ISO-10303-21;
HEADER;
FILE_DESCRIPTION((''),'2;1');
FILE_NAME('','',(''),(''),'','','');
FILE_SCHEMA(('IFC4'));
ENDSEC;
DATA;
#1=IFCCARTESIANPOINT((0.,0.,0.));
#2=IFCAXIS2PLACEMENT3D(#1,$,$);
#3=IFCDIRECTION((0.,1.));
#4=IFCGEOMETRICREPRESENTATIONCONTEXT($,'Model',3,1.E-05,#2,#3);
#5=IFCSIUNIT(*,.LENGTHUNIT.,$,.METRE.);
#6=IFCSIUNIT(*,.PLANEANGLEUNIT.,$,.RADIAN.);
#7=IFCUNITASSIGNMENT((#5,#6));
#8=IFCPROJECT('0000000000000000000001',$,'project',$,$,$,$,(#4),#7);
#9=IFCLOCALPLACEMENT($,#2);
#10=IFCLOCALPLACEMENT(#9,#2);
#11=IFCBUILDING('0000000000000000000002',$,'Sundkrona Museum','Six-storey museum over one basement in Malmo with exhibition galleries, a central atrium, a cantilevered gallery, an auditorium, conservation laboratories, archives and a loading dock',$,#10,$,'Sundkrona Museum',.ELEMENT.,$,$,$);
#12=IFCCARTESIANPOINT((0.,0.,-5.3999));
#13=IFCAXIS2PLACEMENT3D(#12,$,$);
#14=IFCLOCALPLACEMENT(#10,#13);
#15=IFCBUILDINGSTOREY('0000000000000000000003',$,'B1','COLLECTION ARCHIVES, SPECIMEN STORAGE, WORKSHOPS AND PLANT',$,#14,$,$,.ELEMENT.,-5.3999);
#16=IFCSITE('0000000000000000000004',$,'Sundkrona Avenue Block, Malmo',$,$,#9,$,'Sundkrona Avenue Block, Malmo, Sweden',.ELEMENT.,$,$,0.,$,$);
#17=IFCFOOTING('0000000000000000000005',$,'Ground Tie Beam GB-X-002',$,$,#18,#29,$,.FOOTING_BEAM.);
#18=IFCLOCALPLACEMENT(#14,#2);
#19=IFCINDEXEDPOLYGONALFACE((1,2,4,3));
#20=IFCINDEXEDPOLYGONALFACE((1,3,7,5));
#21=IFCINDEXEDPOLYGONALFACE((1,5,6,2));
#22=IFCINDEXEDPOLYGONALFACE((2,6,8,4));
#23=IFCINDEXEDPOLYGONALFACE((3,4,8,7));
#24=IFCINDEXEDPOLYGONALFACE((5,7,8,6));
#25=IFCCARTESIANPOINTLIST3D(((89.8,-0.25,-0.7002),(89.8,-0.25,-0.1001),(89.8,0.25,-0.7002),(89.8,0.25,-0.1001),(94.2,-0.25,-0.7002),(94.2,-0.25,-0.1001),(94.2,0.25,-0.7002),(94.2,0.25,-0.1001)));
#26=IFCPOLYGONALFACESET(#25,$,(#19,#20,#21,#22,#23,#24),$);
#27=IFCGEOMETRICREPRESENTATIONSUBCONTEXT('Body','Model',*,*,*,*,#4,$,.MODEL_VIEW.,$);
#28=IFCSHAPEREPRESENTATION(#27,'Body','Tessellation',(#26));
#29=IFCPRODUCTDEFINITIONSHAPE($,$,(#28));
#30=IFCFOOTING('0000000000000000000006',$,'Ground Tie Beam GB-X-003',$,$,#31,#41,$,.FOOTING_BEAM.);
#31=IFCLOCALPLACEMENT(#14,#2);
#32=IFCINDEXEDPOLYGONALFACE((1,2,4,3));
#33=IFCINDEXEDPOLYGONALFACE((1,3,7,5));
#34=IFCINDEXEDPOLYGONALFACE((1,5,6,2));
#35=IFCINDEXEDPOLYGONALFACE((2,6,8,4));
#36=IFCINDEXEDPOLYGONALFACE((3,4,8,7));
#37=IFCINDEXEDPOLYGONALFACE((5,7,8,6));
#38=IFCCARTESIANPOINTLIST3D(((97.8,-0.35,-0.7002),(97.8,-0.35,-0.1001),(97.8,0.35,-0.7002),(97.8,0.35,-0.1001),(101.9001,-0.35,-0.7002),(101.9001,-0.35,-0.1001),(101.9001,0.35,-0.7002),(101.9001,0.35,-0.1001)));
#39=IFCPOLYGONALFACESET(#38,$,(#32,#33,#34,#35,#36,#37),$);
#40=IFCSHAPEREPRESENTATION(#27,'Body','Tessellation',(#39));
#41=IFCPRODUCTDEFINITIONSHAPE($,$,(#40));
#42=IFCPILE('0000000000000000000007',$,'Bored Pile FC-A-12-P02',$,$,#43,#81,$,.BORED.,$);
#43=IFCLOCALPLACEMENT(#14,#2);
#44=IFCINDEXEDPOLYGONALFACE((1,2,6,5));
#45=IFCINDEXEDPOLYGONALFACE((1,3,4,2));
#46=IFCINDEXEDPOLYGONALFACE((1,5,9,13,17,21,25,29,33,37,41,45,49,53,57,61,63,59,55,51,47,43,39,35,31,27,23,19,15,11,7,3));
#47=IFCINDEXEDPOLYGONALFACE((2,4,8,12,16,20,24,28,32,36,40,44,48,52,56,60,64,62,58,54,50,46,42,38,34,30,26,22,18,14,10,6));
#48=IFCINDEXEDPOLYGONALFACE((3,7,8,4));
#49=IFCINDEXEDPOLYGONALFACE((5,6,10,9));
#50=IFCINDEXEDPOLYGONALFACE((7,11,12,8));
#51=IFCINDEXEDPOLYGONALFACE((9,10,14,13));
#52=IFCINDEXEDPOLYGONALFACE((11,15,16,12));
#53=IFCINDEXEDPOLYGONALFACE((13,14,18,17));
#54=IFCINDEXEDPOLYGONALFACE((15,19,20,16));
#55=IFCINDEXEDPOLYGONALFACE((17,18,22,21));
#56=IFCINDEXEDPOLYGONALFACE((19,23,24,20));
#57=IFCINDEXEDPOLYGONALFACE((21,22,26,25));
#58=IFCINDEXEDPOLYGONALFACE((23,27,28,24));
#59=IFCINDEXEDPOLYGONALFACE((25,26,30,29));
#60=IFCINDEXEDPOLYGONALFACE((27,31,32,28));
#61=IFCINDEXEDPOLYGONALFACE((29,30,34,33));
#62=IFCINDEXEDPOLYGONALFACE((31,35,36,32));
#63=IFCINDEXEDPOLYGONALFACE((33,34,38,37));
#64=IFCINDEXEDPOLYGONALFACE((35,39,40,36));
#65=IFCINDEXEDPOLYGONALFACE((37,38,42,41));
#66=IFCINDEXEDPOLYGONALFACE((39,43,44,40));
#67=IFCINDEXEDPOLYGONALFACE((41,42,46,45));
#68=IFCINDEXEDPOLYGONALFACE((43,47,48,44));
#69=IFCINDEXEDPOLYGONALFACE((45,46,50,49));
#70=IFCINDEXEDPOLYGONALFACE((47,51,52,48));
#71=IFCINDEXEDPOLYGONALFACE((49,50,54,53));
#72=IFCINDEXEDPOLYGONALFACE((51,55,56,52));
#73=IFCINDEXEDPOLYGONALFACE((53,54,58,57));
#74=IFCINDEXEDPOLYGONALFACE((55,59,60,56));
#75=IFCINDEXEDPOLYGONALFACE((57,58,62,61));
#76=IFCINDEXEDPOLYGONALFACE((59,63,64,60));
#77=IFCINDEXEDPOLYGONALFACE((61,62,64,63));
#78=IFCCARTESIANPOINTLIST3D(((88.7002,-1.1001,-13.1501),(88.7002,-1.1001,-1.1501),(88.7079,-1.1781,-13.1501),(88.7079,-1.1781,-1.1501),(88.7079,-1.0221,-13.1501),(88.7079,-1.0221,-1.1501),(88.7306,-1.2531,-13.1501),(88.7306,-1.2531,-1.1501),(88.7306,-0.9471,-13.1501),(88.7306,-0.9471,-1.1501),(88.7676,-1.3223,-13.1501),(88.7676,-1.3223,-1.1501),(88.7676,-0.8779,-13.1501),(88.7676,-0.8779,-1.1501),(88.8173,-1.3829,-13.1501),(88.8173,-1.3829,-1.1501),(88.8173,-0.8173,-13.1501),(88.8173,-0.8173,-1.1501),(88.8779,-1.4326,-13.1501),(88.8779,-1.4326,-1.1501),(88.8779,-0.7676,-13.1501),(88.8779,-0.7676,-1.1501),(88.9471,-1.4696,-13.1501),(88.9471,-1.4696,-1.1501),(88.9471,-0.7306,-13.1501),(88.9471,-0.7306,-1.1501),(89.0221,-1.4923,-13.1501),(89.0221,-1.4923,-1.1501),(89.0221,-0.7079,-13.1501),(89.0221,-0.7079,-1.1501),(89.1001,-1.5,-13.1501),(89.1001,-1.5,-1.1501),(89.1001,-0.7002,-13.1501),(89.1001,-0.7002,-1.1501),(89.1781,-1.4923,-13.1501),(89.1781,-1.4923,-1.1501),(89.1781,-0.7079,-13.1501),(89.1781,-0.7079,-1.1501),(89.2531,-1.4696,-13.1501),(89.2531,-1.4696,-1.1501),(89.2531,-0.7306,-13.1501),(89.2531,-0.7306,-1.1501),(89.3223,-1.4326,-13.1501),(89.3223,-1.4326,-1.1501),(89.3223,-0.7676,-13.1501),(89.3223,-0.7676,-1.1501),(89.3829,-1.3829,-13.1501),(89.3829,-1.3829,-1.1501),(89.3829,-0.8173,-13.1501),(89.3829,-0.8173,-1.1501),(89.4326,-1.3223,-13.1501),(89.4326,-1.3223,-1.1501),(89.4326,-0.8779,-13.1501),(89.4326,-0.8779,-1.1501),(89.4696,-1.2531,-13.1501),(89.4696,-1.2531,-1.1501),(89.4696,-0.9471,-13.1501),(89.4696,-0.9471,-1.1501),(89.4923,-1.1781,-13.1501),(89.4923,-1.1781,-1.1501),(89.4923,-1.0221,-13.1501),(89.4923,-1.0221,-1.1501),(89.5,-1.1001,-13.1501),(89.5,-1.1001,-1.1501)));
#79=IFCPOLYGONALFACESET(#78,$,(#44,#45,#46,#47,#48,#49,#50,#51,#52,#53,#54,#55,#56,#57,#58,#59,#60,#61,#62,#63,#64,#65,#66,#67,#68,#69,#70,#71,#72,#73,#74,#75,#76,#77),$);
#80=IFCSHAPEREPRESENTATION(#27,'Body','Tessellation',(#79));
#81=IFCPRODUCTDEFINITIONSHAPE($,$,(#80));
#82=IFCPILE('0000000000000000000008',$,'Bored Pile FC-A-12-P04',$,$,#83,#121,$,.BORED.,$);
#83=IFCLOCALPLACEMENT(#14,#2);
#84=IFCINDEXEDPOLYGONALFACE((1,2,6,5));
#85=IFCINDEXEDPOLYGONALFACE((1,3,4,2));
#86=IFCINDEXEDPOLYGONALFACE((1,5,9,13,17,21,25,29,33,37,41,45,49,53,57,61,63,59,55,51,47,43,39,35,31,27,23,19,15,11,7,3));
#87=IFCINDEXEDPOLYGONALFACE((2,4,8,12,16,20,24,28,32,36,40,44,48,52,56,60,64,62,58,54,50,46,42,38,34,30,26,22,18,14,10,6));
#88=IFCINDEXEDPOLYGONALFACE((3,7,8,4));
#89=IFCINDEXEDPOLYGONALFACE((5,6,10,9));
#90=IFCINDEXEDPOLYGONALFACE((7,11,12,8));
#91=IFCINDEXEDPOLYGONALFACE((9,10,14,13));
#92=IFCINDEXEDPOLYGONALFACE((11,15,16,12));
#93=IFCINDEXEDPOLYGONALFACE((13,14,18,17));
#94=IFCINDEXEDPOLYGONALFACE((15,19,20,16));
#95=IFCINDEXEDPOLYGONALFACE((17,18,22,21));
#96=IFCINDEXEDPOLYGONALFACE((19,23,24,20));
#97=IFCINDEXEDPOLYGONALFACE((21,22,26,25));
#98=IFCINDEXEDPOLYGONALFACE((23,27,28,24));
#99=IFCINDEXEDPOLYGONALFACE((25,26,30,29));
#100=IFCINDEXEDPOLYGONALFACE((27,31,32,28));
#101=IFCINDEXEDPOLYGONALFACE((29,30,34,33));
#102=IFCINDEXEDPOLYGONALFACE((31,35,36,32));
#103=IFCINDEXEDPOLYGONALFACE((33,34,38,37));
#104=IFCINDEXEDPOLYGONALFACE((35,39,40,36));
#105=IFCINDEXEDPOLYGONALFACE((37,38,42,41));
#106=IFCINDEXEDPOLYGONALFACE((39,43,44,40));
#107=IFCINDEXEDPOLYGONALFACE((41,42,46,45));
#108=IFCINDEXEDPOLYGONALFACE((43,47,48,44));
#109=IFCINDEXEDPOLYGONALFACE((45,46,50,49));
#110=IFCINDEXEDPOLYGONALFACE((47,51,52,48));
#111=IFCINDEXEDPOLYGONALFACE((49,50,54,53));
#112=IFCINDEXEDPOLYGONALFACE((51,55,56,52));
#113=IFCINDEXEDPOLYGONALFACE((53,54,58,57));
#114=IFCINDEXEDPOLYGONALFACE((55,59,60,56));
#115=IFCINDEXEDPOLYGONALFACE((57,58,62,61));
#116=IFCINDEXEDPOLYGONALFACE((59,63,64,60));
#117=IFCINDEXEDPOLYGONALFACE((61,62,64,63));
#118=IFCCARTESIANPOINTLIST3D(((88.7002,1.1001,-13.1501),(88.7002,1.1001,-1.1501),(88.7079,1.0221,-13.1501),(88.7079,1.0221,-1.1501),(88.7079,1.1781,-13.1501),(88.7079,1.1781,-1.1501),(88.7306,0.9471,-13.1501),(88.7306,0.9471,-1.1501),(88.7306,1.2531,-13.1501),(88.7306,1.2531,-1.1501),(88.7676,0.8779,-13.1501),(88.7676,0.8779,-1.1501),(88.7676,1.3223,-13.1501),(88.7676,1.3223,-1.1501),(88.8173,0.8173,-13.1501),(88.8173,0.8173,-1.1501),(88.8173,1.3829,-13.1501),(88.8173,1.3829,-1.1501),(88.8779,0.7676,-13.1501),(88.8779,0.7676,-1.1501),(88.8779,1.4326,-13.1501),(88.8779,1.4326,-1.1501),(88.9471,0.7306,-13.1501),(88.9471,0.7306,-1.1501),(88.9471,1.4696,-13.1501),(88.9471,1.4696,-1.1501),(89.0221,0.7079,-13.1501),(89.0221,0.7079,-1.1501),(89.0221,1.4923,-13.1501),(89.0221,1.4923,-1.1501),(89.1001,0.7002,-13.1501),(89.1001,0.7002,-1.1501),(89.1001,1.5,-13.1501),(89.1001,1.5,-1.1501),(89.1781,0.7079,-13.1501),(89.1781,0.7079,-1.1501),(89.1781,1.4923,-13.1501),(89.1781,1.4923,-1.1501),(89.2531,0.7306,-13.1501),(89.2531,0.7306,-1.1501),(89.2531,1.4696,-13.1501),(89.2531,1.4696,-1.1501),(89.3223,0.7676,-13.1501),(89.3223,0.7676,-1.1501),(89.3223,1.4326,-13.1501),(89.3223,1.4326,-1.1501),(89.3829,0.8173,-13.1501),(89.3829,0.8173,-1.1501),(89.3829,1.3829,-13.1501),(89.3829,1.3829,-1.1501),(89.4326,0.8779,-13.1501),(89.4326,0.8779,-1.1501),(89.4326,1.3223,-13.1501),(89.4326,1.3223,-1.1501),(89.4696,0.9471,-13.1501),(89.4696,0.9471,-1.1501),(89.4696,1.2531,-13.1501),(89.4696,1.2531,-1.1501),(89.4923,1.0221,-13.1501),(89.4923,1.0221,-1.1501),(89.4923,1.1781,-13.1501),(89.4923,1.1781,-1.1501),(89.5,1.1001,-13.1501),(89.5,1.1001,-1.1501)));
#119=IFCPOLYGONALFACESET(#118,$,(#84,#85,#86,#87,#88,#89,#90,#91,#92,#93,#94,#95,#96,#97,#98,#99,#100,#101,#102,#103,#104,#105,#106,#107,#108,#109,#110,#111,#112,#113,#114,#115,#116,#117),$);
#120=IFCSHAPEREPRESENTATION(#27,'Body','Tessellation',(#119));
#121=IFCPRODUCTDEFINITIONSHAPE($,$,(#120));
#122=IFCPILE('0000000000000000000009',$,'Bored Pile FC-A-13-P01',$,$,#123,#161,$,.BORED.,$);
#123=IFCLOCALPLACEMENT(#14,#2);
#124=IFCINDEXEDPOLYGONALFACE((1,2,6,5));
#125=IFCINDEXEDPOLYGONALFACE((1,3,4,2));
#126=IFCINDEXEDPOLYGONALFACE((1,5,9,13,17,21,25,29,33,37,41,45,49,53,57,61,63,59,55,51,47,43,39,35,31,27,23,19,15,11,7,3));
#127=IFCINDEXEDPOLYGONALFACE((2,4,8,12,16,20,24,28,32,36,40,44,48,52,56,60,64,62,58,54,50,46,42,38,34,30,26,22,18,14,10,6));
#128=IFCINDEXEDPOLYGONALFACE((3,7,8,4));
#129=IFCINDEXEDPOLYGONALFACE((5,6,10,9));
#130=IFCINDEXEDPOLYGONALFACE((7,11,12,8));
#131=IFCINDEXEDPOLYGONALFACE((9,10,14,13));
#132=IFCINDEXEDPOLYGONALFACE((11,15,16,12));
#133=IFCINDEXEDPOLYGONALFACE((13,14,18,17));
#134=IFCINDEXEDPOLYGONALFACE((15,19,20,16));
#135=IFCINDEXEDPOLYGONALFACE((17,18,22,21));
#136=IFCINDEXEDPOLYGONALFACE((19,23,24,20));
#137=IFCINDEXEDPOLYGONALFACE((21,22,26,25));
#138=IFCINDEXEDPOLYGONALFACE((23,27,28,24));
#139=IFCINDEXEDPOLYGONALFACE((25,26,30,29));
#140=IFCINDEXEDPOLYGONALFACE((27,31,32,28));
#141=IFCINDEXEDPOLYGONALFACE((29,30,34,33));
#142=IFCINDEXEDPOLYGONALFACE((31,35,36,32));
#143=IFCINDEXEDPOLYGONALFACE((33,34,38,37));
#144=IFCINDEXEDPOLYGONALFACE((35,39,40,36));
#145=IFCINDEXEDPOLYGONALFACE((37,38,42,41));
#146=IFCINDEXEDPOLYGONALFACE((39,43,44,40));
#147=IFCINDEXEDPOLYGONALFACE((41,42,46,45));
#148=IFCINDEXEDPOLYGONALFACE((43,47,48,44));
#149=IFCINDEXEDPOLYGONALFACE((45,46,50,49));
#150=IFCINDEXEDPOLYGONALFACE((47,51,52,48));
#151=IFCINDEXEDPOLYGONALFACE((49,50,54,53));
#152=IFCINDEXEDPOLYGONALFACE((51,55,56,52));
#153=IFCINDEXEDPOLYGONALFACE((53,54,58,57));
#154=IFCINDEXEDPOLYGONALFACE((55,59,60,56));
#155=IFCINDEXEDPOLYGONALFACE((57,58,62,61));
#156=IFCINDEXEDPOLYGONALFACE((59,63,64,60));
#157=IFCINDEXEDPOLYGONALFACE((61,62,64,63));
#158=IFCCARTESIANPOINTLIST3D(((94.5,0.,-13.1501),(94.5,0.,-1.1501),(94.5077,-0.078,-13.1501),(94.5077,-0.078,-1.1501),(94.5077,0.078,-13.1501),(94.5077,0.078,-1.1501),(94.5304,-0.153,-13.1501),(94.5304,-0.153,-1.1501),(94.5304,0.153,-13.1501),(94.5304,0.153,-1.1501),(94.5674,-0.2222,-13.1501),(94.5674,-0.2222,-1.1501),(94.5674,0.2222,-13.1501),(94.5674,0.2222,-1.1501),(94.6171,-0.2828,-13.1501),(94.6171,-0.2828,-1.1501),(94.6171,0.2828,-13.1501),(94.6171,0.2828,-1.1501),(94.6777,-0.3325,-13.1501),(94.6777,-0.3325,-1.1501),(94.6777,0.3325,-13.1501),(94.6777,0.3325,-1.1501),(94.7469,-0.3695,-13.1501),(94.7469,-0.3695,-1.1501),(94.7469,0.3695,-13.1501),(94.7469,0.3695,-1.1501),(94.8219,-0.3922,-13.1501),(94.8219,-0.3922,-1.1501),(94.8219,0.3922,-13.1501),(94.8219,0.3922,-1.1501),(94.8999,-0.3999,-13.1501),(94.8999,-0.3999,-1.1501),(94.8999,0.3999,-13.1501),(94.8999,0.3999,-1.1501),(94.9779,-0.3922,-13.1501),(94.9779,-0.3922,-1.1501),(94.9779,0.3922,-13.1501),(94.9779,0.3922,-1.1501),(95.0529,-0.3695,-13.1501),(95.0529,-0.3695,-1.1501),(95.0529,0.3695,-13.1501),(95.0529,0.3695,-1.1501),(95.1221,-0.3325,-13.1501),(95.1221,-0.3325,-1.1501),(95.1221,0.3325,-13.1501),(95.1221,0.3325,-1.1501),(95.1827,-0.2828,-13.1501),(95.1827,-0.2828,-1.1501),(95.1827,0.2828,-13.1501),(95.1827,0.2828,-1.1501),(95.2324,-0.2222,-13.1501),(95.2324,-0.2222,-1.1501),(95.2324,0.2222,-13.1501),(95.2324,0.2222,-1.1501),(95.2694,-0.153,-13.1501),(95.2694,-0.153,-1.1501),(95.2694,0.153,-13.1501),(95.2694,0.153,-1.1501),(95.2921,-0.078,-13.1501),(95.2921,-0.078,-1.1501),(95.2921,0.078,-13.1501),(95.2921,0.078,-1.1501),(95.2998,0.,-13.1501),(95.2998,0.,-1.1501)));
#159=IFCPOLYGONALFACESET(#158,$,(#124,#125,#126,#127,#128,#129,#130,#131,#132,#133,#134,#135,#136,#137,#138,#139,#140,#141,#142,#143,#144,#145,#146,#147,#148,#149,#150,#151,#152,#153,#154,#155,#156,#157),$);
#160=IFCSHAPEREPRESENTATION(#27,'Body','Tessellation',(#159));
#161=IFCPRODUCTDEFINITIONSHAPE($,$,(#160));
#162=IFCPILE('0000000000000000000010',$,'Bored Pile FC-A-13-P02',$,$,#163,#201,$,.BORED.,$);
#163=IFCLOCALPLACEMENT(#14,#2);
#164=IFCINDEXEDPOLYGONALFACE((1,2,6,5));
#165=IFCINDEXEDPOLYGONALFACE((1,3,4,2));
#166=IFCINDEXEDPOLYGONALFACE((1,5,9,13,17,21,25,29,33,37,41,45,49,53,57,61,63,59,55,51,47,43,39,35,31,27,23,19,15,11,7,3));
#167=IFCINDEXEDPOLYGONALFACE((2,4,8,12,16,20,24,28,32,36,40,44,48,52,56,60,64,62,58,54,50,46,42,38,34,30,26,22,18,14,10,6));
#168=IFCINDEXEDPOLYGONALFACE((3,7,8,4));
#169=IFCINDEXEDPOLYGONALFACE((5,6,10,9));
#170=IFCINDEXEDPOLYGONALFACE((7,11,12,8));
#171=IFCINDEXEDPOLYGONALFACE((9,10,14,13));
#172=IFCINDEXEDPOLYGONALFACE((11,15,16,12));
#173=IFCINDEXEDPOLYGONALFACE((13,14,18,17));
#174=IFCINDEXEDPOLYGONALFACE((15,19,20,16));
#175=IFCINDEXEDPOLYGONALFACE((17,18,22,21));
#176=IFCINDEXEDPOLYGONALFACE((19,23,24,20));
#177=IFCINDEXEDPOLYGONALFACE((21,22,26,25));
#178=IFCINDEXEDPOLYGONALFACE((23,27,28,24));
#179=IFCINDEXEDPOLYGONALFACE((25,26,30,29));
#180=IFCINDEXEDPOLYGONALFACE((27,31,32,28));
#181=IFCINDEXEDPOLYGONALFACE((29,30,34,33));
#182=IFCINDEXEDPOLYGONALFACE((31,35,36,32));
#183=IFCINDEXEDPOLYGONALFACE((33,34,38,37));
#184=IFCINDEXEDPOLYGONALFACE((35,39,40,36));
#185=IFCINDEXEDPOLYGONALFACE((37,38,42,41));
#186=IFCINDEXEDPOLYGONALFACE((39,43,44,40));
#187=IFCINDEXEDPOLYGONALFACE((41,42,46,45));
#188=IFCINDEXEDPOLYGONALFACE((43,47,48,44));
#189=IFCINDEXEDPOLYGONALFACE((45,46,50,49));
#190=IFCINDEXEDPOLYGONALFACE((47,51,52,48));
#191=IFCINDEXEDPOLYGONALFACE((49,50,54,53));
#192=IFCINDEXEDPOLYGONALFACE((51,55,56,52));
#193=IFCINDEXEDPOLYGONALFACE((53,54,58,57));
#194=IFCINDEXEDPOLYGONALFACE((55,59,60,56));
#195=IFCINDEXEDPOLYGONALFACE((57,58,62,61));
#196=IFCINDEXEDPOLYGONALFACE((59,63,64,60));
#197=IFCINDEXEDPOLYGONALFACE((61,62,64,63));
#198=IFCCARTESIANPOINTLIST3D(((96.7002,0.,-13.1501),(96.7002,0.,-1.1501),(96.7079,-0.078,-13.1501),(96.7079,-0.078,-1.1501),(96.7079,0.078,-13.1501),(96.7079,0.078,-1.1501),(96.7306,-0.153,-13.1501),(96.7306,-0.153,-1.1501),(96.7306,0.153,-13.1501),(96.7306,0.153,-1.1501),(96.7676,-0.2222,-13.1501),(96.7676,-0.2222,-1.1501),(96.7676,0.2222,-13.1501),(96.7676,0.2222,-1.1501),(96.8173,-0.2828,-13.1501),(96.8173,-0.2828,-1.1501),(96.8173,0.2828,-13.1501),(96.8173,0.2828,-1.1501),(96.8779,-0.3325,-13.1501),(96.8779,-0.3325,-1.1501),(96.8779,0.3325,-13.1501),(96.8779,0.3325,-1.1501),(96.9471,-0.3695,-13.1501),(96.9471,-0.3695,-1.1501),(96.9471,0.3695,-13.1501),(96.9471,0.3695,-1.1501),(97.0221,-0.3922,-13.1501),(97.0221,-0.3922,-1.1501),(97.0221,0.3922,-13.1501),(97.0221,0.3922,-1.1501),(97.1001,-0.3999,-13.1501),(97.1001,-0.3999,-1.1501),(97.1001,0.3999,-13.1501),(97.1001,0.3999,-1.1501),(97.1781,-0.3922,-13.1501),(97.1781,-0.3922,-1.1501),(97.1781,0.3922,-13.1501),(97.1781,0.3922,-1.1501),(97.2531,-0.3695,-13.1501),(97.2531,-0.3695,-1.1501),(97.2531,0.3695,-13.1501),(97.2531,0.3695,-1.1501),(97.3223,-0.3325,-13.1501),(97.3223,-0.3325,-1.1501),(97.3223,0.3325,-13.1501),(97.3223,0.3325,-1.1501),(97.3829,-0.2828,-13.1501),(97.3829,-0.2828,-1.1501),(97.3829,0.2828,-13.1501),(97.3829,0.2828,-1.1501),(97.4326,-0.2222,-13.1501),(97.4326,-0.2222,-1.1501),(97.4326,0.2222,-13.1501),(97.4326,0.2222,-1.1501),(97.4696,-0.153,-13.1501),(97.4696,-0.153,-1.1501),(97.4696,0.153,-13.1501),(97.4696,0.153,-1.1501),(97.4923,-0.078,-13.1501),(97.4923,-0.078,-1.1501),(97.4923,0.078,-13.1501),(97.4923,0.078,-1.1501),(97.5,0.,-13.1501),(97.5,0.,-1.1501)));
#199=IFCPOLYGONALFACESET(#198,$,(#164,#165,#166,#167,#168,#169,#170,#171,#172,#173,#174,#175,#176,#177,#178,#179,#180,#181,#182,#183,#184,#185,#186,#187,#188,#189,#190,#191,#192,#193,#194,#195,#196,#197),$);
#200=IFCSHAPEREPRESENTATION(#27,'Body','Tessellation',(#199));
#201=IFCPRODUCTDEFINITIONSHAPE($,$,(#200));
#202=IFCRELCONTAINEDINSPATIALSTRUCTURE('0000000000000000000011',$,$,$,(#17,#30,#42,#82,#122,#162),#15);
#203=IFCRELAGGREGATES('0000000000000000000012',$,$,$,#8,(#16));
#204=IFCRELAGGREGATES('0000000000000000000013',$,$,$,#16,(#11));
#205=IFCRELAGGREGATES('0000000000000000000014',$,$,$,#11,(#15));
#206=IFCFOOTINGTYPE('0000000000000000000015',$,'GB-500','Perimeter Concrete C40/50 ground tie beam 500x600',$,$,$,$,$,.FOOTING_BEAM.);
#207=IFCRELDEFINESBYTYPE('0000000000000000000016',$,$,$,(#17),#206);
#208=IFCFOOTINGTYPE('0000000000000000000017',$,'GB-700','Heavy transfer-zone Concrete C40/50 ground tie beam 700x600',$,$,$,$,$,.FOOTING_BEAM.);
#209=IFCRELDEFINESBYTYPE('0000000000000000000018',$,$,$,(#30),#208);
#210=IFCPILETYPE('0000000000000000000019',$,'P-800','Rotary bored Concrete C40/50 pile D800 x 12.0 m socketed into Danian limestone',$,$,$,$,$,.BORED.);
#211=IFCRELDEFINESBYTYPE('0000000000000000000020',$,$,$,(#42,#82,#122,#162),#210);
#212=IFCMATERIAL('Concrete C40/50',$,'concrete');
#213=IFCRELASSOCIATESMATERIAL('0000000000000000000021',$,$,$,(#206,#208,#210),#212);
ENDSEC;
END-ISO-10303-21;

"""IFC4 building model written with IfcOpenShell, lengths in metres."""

from ifc_helpers import new_model, si_unit, direction, frame, origin, origin_2d, place, context, subcontext, project, spatial, rectangle, circle, extrude, material, material_profile, profile_set, type_object, element, save


model = new_model("IFC4")

# Units and contexts
model_context = context("Model", 3, precision=1e-05, world=origin(), true_north=direction((0.0, 1.0)))
body_context = subcontext(model_context, "Body", "Model", "MODEL_VIEW")
ifc_project = project(units=[si_unit("LENGTHUNIT", "METRE"), si_unit("PLANEANGLEUNIT", "RADIAN")], contexts=[model_context])

# Site, building, storey
site_placement = place(None, origin())
site = spatial("IfcSite", under=ifc_project, at=site_placement, Name="Sundkrona Avenue Block, Malmo", LongName="Sundkrona Avenue Block, Malmo, Sweden", CompositionType="ELEMENT", RefElevation=0.0)
building_placement = place(site_placement, origin())
building = spatial("IfcBuilding", under=site, at=building_placement, Name="Sundkrona Museum", Description="Six-storey museum over one basement in Malmo with exhibition galleries, a central atrium, a cantilevered gallery, an auditorium, conservation laboratories, archives and a loading dock", LongName="Sundkrona Museum", CompositionType="ELEMENT")
storey_placement = place(building_placement, frame((0.0, 0.0, -5.3999)))
storey = spatial("IfcBuildingStorey", under=building, at=storey_placement, Name="B1", Description="COLLECTION ARCHIVES, SPECIMEN STORAGE, WORKSHOPS AND PLANT", CompositionType="ELEMENT", Elevation=-5.3999)

# Footings
ifc_material_1 = material(Name="Concrete C40/50", Category="concrete")
footing_type_1 = type_object("IfcFootingType", Name="GB-500", Description="Perimeter Concrete C40/50 ground tie beam 500x600", PredefinedType="FOOTING_BEAM", material=ifc_material_1)
footing_1_placement = place(storey_placement, frame((92.0, 0.0, -0.7002), z_axis=(0.0, 0.0, 1.0), x_axis=(1.0, 0.0, 0.0)))
element("IfcFooting", 1, at=footing_1_placement, inside=storey, type_object=footing_type_1, Name="Ground Tie Beam GB-X-002", PredefinedType="FOOTING_BEAM", context=body_context, shape_type="SweptSolid", body=[
    extrude(rectangle(XDim=4.3999, YDim=0.5, at=origin_2d()), origin(), (0.0, 0.0, 1.0), 0.6001),
])
footing_type_2 = type_object("IfcFootingType", Name="GB-700", Description="Heavy transfer-zone Concrete C40/50 ground tie beam 700x600", PredefinedType="FOOTING_BEAM", material=ifc_material_1)
footing_2_placement = place(storey_placement, frame((99.8501, 0.0, -0.7002), z_axis=(0.0, 0.0, 1.0), x_axis=(1.0, 0.0, 0.0)))
element("IfcFooting", 2, at=footing_2_placement, inside=storey, type_object=footing_type_2, Name="Ground Tie Beam GB-X-003", PredefinedType="FOOTING_BEAM", context=body_context, shape_type="SweptSolid", body=[
    extrude(rectangle(XDim=4.1001, YDim=0.7, at=origin_2d()), origin(), (0.0, 0.0, 1.0), 0.6001),
])

# Piles
ifc_material_profile_1 = material_profile(ifc_material_1, circle(Radius=0.3999, at=origin_2d()), Name="PILE D800")
ifc_profile_set_1 = profile_set([ifc_material_profile_1], Name="Concrete C40/50")
pile_type = type_object("IfcPileType", Name="P-800", Description="Rotary bored Concrete C40/50 pile D800 x 12.0 m socketed into Danian limestone", PredefinedType="BORED", material=ifc_profile_set_1)
for number, where, z_axis, x_axis, name in (
    (3, (89.1001, -1.1001, -1.1501), (0.0, 0.0, -1.0), (1.0, 0.0, 0.0), "Bored Pile FC-A-12-P02"),
    (4, (89.1001, 1.1001, -1.1501), (0.0, 0.0, -1.0), (1.0, 0.0, 0.0), "Bored Pile FC-A-12-P04"),
    (5, (94.8999, 0.0, -1.1501), (0.0, 0.0, -1.0), (1.0, 0.0, 0.0), "Bored Pile FC-A-13-P01"),
    (6, (97.1001, 0.0, -1.1501), (0.0, 0.0, -1.0), (1.0, 0.0, 0.0), "Bored Pile FC-A-13-P02"),
):
    element("IfcPile", number, at=place(storey_placement, frame(where, z_axis=z_axis, x_axis=x_axis)), inside=storey, type_object=pile_type, Name=name, PredefinedType="BORED", context=body_context, shape_type="SweptSolid", body=[
        extrude(circle(Radius=0.3999, at=origin_2d()), origin(), (0.0, 0.0, 1.0), 12.0),
    ])

save(model, "model.ifc")
